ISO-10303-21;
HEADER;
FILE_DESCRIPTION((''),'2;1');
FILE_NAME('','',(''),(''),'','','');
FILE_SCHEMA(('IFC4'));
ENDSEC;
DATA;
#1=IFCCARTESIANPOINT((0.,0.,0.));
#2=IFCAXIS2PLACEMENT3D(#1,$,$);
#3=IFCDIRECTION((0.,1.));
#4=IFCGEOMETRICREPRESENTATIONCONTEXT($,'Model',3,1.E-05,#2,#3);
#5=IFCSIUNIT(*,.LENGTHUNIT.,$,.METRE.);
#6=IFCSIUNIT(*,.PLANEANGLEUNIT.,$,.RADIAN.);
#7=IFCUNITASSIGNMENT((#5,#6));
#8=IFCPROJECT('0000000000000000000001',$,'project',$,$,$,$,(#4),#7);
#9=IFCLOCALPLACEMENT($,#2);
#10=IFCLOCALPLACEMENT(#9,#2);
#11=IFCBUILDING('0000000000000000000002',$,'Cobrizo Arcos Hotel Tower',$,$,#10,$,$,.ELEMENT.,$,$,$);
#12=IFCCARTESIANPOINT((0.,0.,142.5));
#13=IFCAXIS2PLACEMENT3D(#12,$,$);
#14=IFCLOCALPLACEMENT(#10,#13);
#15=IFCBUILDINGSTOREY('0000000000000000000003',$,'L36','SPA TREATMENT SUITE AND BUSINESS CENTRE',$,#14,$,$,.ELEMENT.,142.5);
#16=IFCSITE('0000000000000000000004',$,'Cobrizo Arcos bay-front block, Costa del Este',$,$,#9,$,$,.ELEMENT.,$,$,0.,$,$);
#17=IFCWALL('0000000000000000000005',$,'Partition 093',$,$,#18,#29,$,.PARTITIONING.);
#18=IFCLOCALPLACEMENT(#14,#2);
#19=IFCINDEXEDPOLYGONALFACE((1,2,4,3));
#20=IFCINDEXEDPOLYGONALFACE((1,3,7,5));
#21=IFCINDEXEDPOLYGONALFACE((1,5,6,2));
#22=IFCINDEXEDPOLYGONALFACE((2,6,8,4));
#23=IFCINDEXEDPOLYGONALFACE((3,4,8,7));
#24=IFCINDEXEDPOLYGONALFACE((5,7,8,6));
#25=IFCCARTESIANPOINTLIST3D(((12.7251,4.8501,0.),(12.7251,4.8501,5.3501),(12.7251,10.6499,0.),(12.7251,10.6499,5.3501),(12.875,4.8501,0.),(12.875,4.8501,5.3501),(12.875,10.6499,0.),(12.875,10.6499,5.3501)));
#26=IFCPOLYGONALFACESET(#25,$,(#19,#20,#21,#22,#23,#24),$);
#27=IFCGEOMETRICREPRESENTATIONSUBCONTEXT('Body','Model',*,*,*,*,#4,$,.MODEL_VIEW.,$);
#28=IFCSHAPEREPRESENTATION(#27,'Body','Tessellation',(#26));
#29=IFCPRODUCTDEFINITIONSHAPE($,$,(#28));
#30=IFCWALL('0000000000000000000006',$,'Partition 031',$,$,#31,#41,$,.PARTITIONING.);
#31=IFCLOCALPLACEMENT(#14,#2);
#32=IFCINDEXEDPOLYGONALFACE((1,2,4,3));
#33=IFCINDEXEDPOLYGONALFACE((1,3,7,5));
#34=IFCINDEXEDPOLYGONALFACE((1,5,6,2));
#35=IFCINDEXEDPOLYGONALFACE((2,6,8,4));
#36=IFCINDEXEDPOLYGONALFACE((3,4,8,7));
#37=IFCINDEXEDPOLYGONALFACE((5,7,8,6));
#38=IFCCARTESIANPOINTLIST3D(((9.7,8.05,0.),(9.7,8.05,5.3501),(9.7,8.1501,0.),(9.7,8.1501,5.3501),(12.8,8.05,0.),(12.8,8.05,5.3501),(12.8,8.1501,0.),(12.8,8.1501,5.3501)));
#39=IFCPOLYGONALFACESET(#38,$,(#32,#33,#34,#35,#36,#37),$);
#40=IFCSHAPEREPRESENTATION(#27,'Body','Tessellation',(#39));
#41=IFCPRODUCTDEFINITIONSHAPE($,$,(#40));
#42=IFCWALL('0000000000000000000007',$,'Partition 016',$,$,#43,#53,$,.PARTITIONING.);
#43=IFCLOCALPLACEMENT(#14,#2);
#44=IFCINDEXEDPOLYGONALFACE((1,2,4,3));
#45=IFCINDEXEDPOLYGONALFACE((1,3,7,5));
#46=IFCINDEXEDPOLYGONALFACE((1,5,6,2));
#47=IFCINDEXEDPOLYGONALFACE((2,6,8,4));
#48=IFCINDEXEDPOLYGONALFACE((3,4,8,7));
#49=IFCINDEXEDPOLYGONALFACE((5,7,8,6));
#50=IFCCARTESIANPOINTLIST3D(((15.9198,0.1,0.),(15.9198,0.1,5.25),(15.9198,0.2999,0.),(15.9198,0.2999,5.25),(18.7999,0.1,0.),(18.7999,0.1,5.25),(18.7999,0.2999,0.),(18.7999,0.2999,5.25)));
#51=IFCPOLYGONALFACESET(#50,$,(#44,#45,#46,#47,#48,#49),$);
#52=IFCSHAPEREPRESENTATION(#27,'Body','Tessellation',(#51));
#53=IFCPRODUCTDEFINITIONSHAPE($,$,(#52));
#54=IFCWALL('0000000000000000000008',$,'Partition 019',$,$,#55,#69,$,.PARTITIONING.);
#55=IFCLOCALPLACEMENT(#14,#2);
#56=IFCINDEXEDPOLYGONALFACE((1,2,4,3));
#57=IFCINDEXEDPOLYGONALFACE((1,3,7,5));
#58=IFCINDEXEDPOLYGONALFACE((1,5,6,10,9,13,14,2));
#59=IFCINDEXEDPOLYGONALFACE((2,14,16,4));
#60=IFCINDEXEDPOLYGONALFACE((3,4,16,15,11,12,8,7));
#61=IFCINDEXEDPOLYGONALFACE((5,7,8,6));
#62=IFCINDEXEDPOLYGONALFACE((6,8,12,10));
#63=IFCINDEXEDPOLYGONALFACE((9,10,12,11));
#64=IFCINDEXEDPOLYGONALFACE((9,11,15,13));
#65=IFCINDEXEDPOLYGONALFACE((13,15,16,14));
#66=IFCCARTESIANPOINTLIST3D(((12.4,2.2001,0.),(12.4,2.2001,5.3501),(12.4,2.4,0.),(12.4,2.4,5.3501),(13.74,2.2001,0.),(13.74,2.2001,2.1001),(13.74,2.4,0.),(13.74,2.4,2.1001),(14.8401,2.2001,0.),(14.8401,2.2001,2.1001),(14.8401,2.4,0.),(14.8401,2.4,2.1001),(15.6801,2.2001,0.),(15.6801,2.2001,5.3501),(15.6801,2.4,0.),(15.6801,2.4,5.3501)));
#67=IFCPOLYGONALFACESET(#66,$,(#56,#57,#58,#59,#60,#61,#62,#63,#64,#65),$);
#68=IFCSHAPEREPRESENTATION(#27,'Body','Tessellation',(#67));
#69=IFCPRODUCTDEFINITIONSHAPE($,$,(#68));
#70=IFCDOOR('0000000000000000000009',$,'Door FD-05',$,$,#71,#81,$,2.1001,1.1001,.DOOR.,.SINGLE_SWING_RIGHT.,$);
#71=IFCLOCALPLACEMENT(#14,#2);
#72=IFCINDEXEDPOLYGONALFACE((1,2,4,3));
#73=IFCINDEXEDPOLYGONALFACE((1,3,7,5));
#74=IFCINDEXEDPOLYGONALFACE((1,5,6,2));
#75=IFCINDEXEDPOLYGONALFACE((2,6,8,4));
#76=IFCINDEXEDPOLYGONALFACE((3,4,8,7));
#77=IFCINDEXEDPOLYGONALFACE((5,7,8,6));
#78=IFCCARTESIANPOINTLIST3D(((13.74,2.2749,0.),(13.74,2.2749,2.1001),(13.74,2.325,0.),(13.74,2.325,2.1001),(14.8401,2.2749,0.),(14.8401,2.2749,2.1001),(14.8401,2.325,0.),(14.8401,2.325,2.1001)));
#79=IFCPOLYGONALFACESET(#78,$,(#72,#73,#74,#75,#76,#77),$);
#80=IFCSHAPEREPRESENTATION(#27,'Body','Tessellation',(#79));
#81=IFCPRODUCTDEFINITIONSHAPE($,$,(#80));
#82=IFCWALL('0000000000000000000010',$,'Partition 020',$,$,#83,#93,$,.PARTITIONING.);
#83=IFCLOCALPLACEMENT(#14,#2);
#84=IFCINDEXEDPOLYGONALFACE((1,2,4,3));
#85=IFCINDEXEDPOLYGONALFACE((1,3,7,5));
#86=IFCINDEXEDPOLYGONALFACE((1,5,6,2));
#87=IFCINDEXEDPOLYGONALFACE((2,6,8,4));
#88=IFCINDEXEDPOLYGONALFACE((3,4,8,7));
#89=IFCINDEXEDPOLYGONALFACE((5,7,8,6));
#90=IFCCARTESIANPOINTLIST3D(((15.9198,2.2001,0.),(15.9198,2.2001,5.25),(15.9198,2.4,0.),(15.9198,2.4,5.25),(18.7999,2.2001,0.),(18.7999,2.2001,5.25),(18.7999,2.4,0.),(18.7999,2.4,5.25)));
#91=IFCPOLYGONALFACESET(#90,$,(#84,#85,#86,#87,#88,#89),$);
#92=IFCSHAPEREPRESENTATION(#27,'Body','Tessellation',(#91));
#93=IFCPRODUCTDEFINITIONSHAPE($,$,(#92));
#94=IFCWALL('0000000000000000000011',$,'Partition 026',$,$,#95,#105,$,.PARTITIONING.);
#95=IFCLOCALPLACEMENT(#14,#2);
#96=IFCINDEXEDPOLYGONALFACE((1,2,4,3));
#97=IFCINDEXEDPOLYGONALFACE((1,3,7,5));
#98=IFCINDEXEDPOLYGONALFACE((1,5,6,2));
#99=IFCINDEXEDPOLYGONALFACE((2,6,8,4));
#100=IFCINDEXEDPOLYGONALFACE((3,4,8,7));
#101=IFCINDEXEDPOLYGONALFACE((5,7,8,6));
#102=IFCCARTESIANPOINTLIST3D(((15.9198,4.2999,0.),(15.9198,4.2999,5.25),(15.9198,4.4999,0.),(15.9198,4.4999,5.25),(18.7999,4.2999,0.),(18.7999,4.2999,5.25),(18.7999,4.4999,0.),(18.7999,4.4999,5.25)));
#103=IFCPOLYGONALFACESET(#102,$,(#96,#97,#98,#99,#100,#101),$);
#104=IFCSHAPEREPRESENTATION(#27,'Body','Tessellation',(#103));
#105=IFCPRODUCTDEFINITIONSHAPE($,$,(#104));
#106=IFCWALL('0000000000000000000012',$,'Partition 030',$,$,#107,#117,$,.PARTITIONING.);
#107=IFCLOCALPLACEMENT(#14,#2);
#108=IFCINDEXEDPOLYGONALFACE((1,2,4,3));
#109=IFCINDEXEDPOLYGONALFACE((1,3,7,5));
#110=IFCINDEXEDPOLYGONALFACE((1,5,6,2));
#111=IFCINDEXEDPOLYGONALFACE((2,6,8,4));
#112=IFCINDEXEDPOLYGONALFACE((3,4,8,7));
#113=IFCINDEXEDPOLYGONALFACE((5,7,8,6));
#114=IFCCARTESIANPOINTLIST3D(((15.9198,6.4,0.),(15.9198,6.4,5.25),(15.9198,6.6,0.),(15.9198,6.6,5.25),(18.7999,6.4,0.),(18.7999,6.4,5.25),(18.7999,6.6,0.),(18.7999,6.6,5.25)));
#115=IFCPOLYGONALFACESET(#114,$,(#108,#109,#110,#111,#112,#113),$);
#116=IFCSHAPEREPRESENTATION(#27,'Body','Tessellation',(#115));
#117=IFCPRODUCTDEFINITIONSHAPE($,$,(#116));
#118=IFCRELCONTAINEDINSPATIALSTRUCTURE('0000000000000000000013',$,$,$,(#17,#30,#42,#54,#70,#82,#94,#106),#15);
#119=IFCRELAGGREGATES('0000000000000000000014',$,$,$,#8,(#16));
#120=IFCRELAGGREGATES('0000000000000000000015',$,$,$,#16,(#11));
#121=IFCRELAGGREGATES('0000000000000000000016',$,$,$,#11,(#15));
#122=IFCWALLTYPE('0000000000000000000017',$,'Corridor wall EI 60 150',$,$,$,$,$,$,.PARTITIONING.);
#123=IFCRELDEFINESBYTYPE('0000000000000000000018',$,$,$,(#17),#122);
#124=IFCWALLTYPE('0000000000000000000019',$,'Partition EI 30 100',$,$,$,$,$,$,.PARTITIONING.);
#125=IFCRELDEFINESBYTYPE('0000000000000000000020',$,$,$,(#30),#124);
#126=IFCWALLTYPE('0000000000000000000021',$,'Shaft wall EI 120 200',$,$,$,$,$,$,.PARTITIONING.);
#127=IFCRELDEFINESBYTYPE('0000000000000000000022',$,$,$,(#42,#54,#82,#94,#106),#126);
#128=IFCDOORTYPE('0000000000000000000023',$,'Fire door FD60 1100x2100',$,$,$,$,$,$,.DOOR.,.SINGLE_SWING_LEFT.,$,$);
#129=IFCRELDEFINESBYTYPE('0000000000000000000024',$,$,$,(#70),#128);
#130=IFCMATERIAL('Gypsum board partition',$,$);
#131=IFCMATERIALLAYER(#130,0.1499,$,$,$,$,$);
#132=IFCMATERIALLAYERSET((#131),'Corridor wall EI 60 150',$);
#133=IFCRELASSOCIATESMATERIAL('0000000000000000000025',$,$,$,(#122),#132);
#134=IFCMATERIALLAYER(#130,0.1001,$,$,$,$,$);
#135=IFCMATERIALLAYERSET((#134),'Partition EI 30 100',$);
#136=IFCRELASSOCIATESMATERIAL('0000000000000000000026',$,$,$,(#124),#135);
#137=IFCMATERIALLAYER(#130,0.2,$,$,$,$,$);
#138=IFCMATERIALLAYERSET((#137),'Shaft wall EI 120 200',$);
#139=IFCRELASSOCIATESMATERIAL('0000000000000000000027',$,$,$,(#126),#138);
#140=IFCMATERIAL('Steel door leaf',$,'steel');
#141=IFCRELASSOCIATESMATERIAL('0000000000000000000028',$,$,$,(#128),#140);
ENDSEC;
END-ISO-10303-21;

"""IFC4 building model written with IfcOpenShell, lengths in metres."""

from ifc_helpers import new_model, si_unit, direction, frame, frame_2d, origin, place, context, subcontext, project, spatial, rectangle, extrude, material, layer, layer_set, type_object, element, fill, save


model = new_model("IFC4")

# Units and contexts
model_context = context("Model", 3, precision=1e-05, world=origin(), true_north=direction((0.0, 1.0)))
body_context = subcontext(model_context, "Body", "Model", "MODEL_VIEW")
ifc_project = project(units=[si_unit("LENGTHUNIT", "METRE"), si_unit("PLANEANGLEUNIT", "RADIAN")], contexts=[model_context])

# Site, building, storey
site_placement = place(None, origin())
site = spatial("IfcSite", under=ifc_project, at=site_placement, Name="Cobrizo Arcos bay-front block, Costa del Este", CompositionType="ELEMENT", RefElevation=0.0)
building_placement = place(site_placement, origin())
building = spatial("IfcBuilding", under=site, at=building_placement, Name="Cobrizo Arcos Hotel Tower", CompositionType="ELEMENT")
storey_placement = place(building_placement, frame((0.0, 0.0, 142.5)))
storey = spatial("IfcBuildingStorey", under=building, at=storey_placement, Name="L36", Description="SPA TREATMENT SUITE AND BUSINESS CENTRE", CompositionType="ELEMENT", Elevation=142.5)

# Shared definitions
ifc_material_1 = material(Name="Gypsum board partition")
ifc_layer_1 = layer(ifc_material_1, 0.1499)
ifc_layer_set_1 = layer_set([ifc_layer_1], Name="Corridor wall EI 60 150")
wall_type_1 = type_object("IfcWallType", Name="Corridor wall EI 60 150", PredefinedType="PARTITIONING", material=ifc_layer_set_1)

# Walls
wall_1_placement = place(storey_placement, frame((12.8, 4.8501, 0.0), z_axis=(0.0, 0.0, 1.0), x_axis=(0.0, 1.0, 0.0)))
element("IfcWall", 1, at=wall_1_placement, inside=storey, type_object=wall_type_1, Name="Partition 093", PredefinedType="PARTITIONING", context=body_context, shape_type="SweptSolid", body=[
    extrude(rectangle(XDim=5.7998, YDim=0.1499, at=frame_2d((2.8999, 0.0))), origin(), (0.0, 0.0, 1.0), 5.3501),
])
ifc_layer_2 = layer(ifc_material_1, 0.1001)
ifc_layer_set_2 = layer_set([ifc_layer_2], Name="Partition EI 30 100")
wall_type_2 = type_object("IfcWallType", Name="Partition EI 30 100", PredefinedType="PARTITIONING", material=ifc_layer_set_2)
wall_2_placement = place(storey_placement, frame((9.7, 8.1001, 0.0), z_axis=(0.0, 0.0, 1.0), x_axis=(1.0, 0.0, 0.0)))
element("IfcWall", 2, at=wall_2_placement, inside=storey, type_object=wall_type_2, Name="Partition 031", PredefinedType="PARTITIONING", context=body_context, shape_type="SweptSolid", body=[
    extrude(rectangle(XDim=3.1001, YDim=0.1001, at=frame_2d((1.55, 0.0))), origin(), (0.0, 0.0, 1.0), 5.3501),
])
ifc_layer_3 = layer(ifc_material_1, 0.2)
ifc_layer_set_3 = layer_set([ifc_layer_3], Name="Shaft wall EI 120 200")
wall_type_3 = type_object("IfcWallType", Name="Shaft wall EI 120 200", PredefinedType="PARTITIONING", material=ifc_layer_set_3)
wall_3_placement = place(storey_placement, frame((15.9199, 0.2, 0.0), z_axis=(0.0, 0.0, 1.0), x_axis=(1.0, 0.0, 0.0)))
element("IfcWall", 3, at=wall_3_placement, inside=storey, type_object=wall_type_3, Name="Partition 016", PredefinedType="PARTITIONING", context=body_context, shape_type="SweptSolid", body=[
    extrude(rectangle(XDim=2.8801, YDim=0.2, at=frame_2d((1.4399, 0.0))), origin(), (0.0, 0.0, 1.0), 5.25),
])

# Wall, opening, door
wall_4_placement = place(storey_placement, frame((12.3999, 2.3, 0.0), z_axis=(0.0, 0.0, 1.0), x_axis=(1.0, 0.0, 0.0)))
wall_4 = element("IfcWall", 4, at=wall_4_placement, inside=storey, type_object=wall_type_3, Name="Partition 019", PredefinedType="PARTITIONING", context=body_context, shape_type="SweptSolid", body=[
    extrude(rectangle(XDim=3.28, YDim=0.2, at=frame_2d((1.6401, 0.0))), origin(), (0.0, 0.0, 1.0), 5.3501),
])
opening_1_placement = place(wall_4_placement, frame((1.3401, 0.0, 0.0)))
opening_1 = element("IfcOpeningElement", 5, at=opening_1_placement, cuts=wall_4, PredefinedType="OPENING", context=body_context, shape_type="SweptSolid", body=[
    extrude(rectangle(XDim=1.1001, YDim=2.1001, at=frame_2d((0.55, 1.05))), frame((0.0, 0.1121, 0.0), z_axis=(0.0, -1.0, 0.0), x_axis=(1.0, 0.0, 0.0)), (0.0, 0.0, 1.0), 0.2239),
])
ifc_material_2 = material(Name="Steel door leaf", Category="steel")
door_type_1 = type_object("IfcDoorType", Name="Fire door FD60 1100x2100", OperationType="SINGLE_SWING_LEFT", PredefinedType="DOOR", material=ifc_material_2)
door_1_placement = place(opening_1_placement, origin())
door_1 = element("IfcDoor", 6, at=door_1_placement, inside=storey, type_object=door_type_1, Name="Door FD-05", OperationType="SINGLE_SWING_RIGHT", OverallHeight=2.1001, OverallWidth=1.1001, PredefinedType="DOOR", context=body_context, shape_type="SweptSolid", body=[
    extrude(rectangle(XDim=1.1001, YDim=2.1001, at=frame_2d((0.55, 1.05))), frame((0.0, 0.0249, 0.0), z_axis=(0.0, -1.0, 0.0), x_axis=(1.0, 0.0, 0.0)), (0.0, 0.0, 1.0), 0.05),
])
fill(opening_1, door_1)

# Walls
for number, where, z_axis, x_axis, name in (
    (7, (15.9199, 2.3, 0.0), (0.0, 0.0, 1.0), (1.0, 0.0, 0.0), "Partition 020"),
    (8, (15.9199, 4.3999, 0.0), (0.0, 0.0, 1.0), (1.0, 0.0, 0.0), "Partition 026"),
    (9, (15.9199, 6.5, 0.0), (0.0, 0.0, 1.0), (1.0, 0.0, 0.0), "Partition 030"),
):
    element("IfcWall", number, at=place(storey_placement, frame(where, z_axis=z_axis, x_axis=x_axis)), inside=storey, type_object=wall_type_3, Name=name, PredefinedType="PARTITIONING", context=body_context, shape_type="SweptSolid", body=[
        extrude(rectangle(XDim=2.8801, YDim=0.2, at=frame_2d((1.4399, 0.0))), origin(), (0.0, 0.0, 1.0), 5.25),
    ])

save(model, "model.ifc")
